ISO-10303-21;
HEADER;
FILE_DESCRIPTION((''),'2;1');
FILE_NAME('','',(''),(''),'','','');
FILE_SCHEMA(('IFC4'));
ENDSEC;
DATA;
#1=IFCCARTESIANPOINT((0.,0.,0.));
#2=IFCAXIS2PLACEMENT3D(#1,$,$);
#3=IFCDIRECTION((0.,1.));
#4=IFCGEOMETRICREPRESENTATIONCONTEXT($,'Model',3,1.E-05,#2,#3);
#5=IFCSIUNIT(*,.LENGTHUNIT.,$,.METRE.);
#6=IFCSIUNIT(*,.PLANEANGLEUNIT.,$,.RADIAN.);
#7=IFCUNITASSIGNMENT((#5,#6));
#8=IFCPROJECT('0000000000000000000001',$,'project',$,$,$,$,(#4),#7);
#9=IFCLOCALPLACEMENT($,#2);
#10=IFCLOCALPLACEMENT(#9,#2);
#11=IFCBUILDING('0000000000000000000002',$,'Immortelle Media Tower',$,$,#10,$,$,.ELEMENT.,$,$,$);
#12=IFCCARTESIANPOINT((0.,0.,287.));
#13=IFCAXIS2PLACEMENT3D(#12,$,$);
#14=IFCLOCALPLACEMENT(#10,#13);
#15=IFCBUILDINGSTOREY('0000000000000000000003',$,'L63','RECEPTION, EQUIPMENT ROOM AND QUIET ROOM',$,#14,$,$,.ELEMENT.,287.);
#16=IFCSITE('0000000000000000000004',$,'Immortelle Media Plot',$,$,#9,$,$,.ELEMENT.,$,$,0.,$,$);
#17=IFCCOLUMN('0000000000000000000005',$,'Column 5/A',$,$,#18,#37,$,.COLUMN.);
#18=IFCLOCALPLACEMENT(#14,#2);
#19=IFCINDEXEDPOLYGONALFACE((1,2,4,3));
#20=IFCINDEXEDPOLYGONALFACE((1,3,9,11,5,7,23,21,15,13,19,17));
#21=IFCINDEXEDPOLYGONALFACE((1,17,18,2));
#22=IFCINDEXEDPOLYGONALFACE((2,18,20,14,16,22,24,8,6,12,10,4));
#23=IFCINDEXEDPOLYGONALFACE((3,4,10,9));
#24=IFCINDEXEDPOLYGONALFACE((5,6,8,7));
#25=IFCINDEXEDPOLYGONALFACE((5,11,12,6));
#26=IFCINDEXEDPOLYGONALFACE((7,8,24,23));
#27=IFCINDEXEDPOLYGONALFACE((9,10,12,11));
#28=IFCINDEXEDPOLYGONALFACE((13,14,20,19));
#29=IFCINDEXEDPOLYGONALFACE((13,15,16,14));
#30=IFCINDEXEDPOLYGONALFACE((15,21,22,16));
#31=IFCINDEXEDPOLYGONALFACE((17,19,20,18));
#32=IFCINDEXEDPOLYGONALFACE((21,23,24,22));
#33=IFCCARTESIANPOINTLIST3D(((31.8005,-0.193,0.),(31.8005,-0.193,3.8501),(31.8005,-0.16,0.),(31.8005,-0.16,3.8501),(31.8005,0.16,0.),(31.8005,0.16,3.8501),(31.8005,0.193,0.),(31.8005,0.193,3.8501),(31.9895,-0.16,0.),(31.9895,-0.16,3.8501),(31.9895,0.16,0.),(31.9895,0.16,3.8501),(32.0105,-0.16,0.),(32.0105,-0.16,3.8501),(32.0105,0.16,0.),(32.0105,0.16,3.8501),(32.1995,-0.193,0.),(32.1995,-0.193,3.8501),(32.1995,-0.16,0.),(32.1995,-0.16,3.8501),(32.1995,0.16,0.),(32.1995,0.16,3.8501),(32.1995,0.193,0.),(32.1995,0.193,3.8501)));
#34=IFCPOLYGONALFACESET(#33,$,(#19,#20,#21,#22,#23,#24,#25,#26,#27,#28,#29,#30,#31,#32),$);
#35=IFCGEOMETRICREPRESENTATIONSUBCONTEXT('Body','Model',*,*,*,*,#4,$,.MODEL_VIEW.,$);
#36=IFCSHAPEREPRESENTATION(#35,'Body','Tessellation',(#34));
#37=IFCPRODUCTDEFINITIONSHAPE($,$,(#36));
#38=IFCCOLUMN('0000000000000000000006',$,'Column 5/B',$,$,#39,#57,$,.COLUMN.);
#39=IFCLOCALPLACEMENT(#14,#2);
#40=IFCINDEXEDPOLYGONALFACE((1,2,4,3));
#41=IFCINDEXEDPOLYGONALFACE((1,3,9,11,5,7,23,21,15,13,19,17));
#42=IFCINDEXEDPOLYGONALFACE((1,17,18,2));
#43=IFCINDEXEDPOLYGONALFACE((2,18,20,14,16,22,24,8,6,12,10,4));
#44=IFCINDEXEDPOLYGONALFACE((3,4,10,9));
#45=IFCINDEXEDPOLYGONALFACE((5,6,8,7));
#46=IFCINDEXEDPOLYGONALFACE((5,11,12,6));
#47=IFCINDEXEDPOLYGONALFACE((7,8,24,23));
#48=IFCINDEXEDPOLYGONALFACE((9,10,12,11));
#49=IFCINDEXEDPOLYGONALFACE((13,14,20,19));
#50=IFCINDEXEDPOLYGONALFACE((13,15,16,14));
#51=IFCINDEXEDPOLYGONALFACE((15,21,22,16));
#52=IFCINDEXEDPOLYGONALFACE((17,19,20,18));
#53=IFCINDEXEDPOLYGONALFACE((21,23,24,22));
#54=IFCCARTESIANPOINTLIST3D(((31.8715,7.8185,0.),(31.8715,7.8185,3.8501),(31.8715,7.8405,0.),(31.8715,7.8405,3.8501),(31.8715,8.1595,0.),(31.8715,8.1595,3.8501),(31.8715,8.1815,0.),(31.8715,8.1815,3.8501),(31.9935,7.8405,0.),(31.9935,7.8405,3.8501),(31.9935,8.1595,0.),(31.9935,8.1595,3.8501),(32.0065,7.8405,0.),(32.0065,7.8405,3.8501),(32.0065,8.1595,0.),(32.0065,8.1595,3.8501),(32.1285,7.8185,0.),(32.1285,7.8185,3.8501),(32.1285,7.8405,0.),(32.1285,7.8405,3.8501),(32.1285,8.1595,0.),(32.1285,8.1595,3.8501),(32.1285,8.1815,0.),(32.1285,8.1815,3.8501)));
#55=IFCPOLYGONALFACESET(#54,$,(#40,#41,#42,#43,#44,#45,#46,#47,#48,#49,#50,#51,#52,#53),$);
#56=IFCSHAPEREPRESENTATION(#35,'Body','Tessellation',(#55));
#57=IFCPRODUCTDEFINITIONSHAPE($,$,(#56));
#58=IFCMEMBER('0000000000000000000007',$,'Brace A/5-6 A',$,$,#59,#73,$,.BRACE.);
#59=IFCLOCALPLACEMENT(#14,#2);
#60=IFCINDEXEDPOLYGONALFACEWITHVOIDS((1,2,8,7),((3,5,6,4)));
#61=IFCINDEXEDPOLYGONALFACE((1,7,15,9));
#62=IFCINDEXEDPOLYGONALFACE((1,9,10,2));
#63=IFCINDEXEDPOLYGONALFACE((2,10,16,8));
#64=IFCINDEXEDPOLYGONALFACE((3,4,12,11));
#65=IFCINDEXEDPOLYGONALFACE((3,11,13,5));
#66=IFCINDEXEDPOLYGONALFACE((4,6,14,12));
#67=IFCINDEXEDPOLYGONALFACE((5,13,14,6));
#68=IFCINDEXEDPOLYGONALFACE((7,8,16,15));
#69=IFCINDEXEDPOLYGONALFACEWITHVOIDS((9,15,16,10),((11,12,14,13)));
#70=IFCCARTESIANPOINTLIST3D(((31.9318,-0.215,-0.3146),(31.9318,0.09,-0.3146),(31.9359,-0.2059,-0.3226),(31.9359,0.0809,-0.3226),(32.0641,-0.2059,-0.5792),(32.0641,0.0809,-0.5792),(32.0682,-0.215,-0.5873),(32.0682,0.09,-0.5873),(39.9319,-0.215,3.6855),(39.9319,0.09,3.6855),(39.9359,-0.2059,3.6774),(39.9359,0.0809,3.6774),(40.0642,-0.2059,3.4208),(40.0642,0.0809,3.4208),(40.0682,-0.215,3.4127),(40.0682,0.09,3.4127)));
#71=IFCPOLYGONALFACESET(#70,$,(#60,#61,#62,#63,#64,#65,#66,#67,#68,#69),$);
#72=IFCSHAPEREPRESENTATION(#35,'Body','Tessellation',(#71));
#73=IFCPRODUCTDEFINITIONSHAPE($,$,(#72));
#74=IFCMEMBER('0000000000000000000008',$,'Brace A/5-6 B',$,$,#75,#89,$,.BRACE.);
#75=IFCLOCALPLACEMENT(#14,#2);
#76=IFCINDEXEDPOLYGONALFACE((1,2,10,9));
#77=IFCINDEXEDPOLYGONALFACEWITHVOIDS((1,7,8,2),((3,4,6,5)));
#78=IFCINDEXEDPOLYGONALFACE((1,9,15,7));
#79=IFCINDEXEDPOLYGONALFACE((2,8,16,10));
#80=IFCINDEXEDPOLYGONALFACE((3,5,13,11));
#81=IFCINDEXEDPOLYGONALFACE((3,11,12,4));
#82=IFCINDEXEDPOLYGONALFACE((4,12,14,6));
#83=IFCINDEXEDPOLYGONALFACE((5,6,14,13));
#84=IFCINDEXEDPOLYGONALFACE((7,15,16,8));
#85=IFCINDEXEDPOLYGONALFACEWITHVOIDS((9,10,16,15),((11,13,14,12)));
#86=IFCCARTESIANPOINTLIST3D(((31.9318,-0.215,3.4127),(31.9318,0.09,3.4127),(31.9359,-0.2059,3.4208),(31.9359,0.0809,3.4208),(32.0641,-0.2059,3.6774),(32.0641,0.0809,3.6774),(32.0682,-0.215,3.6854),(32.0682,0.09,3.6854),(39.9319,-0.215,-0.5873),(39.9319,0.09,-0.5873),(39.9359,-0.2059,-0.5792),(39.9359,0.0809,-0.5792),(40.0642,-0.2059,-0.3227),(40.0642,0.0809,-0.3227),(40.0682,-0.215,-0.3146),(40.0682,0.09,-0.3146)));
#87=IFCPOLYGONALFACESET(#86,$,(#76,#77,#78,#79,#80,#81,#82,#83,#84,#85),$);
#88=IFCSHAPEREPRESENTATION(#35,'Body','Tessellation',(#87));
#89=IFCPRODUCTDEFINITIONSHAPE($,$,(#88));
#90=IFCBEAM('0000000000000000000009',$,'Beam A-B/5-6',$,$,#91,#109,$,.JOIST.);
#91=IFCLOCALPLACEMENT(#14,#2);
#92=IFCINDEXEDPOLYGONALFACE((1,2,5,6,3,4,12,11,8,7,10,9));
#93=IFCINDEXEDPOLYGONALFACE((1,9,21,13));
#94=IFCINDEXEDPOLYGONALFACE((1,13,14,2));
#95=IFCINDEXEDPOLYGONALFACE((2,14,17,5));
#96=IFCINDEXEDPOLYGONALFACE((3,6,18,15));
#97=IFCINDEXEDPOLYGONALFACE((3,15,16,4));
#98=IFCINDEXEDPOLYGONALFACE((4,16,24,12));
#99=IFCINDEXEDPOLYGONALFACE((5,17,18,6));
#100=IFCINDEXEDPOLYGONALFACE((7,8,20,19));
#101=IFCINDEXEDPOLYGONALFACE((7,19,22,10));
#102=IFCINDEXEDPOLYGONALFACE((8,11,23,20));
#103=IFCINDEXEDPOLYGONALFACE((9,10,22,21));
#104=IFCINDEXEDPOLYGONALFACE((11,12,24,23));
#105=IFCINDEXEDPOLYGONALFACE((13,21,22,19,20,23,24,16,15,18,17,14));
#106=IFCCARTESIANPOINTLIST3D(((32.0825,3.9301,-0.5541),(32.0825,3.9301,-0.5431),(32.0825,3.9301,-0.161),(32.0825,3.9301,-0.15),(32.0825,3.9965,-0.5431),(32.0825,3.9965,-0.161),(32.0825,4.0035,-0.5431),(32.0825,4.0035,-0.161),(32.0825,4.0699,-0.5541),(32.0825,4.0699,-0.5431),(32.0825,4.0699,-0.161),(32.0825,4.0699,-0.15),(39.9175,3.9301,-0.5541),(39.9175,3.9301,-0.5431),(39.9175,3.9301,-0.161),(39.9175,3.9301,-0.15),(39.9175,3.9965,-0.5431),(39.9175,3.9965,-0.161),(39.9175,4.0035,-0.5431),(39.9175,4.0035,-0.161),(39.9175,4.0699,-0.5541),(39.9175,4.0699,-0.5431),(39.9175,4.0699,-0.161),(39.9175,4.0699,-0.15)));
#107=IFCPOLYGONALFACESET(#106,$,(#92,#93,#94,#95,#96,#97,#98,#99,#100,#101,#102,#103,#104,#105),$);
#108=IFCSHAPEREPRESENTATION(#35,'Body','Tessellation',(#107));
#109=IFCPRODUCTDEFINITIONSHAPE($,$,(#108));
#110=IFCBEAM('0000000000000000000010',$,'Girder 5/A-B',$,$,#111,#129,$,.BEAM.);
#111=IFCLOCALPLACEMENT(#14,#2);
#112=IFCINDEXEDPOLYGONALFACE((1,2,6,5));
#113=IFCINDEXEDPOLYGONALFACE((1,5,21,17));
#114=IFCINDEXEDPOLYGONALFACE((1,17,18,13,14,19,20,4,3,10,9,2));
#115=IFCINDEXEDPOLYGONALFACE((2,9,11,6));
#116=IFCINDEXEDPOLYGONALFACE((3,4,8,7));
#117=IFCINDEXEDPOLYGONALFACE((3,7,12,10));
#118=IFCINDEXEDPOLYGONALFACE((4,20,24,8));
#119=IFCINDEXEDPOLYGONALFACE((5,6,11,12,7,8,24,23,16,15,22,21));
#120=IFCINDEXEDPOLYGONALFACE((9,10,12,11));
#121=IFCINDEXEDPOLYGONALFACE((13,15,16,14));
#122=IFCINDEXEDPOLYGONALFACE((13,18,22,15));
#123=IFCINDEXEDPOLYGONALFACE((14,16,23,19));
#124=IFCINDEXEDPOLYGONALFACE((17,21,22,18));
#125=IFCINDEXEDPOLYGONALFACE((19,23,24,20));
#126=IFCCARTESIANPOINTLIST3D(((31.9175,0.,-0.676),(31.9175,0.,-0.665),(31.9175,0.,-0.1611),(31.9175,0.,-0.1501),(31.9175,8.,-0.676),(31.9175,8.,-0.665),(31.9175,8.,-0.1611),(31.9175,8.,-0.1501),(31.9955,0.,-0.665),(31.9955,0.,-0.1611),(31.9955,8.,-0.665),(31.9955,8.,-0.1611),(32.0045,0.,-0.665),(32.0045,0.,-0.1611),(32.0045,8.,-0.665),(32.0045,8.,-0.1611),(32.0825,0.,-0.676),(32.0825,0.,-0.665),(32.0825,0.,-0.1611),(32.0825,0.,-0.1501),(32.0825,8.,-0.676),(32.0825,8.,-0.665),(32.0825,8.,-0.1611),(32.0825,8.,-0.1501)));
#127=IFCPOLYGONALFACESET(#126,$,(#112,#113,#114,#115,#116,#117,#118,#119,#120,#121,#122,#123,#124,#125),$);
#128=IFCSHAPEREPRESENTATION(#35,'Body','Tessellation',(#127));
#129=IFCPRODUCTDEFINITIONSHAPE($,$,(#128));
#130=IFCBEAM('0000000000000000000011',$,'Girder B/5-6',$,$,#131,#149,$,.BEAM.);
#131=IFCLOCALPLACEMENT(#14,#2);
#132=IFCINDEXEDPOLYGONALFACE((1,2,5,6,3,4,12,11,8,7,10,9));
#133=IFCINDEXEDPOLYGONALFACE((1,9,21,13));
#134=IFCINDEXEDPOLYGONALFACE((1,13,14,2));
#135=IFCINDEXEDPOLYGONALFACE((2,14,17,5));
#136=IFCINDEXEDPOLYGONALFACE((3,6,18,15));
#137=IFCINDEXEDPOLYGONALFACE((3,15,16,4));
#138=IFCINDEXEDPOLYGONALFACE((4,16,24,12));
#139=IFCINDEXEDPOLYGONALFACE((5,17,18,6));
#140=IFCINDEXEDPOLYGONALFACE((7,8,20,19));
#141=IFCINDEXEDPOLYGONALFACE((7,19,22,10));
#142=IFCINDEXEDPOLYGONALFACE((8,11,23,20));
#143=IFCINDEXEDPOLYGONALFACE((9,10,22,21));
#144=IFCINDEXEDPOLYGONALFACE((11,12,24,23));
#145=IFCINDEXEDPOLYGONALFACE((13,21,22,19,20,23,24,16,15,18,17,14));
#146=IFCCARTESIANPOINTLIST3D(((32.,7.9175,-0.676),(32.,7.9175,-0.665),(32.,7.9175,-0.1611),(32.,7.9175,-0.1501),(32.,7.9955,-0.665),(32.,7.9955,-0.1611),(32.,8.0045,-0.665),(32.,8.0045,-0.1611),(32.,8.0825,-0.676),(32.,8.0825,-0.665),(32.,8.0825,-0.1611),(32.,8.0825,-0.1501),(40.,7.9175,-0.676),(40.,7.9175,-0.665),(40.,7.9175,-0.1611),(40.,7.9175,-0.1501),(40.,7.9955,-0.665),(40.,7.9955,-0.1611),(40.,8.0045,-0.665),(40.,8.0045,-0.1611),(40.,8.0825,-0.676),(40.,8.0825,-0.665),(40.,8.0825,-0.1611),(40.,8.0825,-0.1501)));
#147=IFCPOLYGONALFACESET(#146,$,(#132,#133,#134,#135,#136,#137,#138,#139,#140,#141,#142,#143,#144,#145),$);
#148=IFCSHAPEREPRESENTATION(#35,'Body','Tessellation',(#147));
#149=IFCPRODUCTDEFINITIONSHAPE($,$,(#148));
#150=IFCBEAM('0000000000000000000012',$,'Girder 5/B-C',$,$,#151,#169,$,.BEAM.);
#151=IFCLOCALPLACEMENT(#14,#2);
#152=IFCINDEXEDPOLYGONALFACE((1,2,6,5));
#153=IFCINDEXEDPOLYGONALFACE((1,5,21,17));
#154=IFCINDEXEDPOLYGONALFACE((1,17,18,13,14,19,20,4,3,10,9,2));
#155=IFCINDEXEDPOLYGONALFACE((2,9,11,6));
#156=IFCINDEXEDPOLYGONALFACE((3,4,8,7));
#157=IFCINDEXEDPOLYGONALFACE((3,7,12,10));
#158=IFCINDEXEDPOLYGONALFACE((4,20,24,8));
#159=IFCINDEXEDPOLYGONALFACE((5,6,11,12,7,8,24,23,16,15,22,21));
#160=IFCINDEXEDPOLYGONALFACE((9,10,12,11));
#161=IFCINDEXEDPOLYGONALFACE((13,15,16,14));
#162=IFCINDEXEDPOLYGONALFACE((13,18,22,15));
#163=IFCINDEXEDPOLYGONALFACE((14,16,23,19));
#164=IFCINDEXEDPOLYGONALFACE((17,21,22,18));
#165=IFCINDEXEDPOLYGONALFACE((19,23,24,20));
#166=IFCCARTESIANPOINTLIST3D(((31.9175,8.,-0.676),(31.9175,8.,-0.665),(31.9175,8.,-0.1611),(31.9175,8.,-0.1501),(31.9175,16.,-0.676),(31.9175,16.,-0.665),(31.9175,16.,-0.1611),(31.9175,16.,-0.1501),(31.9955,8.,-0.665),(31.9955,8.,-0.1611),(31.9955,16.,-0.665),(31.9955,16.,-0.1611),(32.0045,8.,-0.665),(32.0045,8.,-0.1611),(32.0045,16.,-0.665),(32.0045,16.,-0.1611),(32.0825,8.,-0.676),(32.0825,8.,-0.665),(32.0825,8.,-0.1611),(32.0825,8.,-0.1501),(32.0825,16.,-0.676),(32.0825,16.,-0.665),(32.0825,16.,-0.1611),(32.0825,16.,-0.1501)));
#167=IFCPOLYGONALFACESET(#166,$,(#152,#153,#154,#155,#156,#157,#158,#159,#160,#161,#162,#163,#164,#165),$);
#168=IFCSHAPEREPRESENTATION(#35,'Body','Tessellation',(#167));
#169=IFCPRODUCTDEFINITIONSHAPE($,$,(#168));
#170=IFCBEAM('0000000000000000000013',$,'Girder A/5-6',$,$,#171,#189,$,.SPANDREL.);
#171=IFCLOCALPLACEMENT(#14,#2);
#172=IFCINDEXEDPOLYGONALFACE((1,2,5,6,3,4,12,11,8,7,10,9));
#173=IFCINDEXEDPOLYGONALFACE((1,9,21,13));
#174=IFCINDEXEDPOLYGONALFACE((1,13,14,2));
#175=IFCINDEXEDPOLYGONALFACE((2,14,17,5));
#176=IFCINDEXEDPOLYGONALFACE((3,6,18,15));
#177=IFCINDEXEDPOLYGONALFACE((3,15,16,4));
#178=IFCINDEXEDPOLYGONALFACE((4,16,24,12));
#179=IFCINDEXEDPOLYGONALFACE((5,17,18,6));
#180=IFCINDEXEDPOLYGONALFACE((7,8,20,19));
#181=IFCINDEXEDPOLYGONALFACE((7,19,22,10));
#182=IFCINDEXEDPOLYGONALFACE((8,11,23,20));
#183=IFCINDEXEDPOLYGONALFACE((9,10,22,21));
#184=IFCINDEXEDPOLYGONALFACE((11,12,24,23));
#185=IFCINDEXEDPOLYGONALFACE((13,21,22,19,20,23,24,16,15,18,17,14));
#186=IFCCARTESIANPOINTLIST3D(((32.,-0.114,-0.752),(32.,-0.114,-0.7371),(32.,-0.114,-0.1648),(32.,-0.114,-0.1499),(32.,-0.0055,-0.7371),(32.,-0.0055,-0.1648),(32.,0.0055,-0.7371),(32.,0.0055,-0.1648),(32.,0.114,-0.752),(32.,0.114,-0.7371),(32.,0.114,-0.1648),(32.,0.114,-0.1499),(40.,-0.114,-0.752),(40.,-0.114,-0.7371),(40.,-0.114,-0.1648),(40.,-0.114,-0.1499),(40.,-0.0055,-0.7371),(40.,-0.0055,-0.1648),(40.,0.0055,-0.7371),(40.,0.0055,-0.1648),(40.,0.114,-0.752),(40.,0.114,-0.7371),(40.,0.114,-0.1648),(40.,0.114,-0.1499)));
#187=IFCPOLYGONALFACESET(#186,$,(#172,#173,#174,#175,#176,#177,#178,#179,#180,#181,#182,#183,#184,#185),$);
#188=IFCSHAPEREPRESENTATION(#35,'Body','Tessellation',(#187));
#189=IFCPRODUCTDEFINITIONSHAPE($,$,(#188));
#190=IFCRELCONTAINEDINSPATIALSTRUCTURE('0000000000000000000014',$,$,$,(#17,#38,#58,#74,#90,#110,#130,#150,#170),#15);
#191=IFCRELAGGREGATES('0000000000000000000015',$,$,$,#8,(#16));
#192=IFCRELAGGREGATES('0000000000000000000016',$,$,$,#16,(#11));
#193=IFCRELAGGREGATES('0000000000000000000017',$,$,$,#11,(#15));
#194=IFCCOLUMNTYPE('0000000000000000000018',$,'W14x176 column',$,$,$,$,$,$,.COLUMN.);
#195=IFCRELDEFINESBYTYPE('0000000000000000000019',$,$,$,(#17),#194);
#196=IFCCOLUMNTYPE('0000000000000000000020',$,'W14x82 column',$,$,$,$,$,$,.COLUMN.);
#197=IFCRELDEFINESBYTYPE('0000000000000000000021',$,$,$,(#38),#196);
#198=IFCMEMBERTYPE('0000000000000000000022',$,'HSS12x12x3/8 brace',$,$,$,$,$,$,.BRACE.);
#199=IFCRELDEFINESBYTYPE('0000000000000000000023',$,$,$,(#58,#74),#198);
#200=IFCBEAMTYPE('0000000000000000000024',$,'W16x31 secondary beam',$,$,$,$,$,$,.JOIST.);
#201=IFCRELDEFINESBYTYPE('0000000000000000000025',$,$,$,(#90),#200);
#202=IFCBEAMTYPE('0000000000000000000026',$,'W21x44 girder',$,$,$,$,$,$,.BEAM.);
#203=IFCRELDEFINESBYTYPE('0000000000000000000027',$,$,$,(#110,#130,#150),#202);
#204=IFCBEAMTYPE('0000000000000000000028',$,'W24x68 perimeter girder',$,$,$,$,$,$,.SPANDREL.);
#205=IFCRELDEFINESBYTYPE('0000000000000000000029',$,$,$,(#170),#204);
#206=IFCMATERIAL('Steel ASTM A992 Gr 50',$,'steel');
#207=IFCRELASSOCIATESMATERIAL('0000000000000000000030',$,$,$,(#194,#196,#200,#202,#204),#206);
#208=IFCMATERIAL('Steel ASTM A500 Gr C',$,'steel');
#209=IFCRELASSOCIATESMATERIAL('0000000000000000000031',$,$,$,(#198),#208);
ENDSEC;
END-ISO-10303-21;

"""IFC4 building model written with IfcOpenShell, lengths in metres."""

from ifc_helpers import new_model, si_unit, direction, frame, origin, origin_2d, place, context, subcontext, project, spatial, hollow_rectangle, i_section, extrude, material, material_profile, profile_set, type_object, element, save


model = new_model("IFC4")

# Units and contexts
model_context = context("Model", 3, precision=1e-05, world=origin(), true_north=direction((0.0, 1.0)))
body_context = subcontext(model_context, "Body", "Model", "MODEL_VIEW")
ifc_project = project(units=[si_unit("LENGTHUNIT", "METRE"), si_unit("PLANEANGLEUNIT", "RADIAN")], contexts=[model_context])

# Site, building, storey
site_placement = place(None, origin())
site = spatial("IfcSite", under=ifc_project, at=site_placement, Name="Immortelle Media Plot", CompositionType="ELEMENT", RefElevation=0.0)
building_placement = place(site_placement, origin())
building = spatial("IfcBuilding", under=site, at=building_placement, Name="Immortelle Media Tower", CompositionType="ELEMENT")
storey_placement = place(building_placement, frame((0.0, 0.0, 287.0)))
storey = spatial("IfcBuildingStorey", under=building, at=storey_placement, Name="L63", Description="RECEPTION, EQUIPMENT ROOM AND QUIET ROOM", CompositionType="ELEMENT", Elevation=287.0)

# Columns
ifc_material_1 = material(Name="Steel ASTM A992 Gr 50", Category="steel")
ifc_material_profile_1 = material_profile(ifc_material_1, i_section(OverallWidth=0.3989, OverallDepth=0.386, WebThickness=0.021, FlangeThickness=0.033, at=origin_2d()), Name="W14x176")
ifc_profile_set_1 = profile_set([ifc_material_profile_1], Name="Steel ASTM A992 Gr 50")
column_type_1 = type_object("IfcColumnType", Name="W14x176 column", PredefinedType="COLUMN", material=ifc_profile_set_1)
column_1_placement = place(storey_placement, frame((32.0, 0.0, 0.0), z_axis=(0.0, 0.0, 1.0), x_axis=(1.0, 0.0, 0.0)))
element("IfcColumn", 1, at=column_1_placement, inside=storey, type_object=column_type_1, Name="Column 5/A", PredefinedType="COLUMN", context=body_context, shape_type="SweptSolid", body=[
    extrude(i_section(OverallWidth=0.3989, OverallDepth=0.386, WebThickness=0.021, FlangeThickness=0.033, at=origin_2d()), origin(), (0.0, 0.0, 1.0), 3.8501),
])
ifc_material_profile_2 = material_profile(ifc_material_1, i_section(OverallWidth=0.2571, OverallDepth=0.363, WebThickness=0.0129, FlangeThickness=0.022, at=origin_2d()), Name="W14x82")
ifc_profile_set_2 = profile_set([ifc_material_profile_2], Name="Steel ASTM A992 Gr 50")
column_type_2 = type_object("IfcColumnType", Name="W14x82 column", PredefinedType="COLUMN", material=ifc_profile_set_2)
column_2_placement = place(storey_placement, frame((32.0, 8.0, 0.0), z_axis=(0.0, 0.0, 1.0), x_axis=(1.0, 0.0, 0.0)))
element("IfcColumn", 2, at=column_2_placement, inside=storey, type_object=column_type_2, Name="Column 5/B", PredefinedType="COLUMN", context=body_context, shape_type="SweptSolid", body=[
    extrude(i_section(OverallWidth=0.2571, OverallDepth=0.363, WebThickness=0.0129, FlangeThickness=0.022, at=origin_2d()), origin(), (0.0, 0.0, 1.0), 3.8501),
])

# Members
ifc_material_2 = material(Name="Steel ASTM A500 Gr C", Category="steel")
ifc_material_profile_3 = material_profile(ifc_material_2, hollow_rectangle(XDim=0.3049, YDim=0.3049, WallThickness=0.009, at=origin_2d()), Name="HSS12x12x3/8 brace")
ifc_profile_set_3 = profile_set([ifc_material_profile_3], Name="Steel ASTM A500 Gr C")
member_type = type_object("IfcMemberType", Name="HSS12x12x3/8 brace", PredefinedType="BRACE", material=ifc_profile_set_3)
for number, where, z_axis, x_axis, name in (
    (3, (32.0, -0.0625, -0.4509), (0.894427, 0.0, 0.447214), (0.0, 1.0, 0.0), "Brace A/5-6 A"),
    (4, (32.0, -0.0625, 3.5491), (0.894427, 0.0, -0.447214), (0.0, 1.0, 0.0), "Brace A/5-6 B"),
):
    element("IfcMember", number, at=place(storey_placement, frame(where, z_axis=z_axis, x_axis=x_axis)), inside=storey, type_object=member_type, Name=name, PredefinedType="BRACE", context=body_context, shape_type="SweptSolid", body=[
        extrude(hollow_rectangle(XDim=0.3049, YDim=0.3049, WallThickness=0.009, at=origin_2d()), origin(), (0.0, 0.0, 1.0), 8.9443),
    ])

# Beams
ifc_material_profile_4 = material_profile(ifc_material_1, i_section(OverallWidth=0.1399, OverallDepth=0.4041, WebThickness=0.0071, FlangeThickness=0.011, at=origin_2d()), Name="W16x31")
ifc_profile_set_4 = profile_set([ifc_material_profile_4], Name="Steel ASTM A992 Gr 50")
beam_type_1 = type_object("IfcBeamType", Name="W16x31 secondary beam", PredefinedType="JOIST", material=ifc_profile_set_4)
beam_1_placement = place(storey_placement, frame((32.0825, 4.0, -0.3521), z_axis=(1.0, 0.0, 0.0), x_axis=(0.0, 1.0, 0.0)))
element("IfcBeam", 5, at=beam_1_placement, inside=storey, type_object=beam_type_1, Name="Beam A-B/5-6", PredefinedType="JOIST", context=body_context, shape_type="SweptSolid", body=[
    extrude(i_section(OverallWidth=0.1399, OverallDepth=0.4041, WebThickness=0.0071, FlangeThickness=0.011, at=origin_2d()), origin(), (0.0, 0.0, 1.0), 7.835),
])
ifc_material_profile_5 = material_profile(ifc_material_1, i_section(OverallWidth=0.165, OverallDepth=0.5259, WebThickness=0.009, FlangeThickness=0.011, at=origin_2d()), Name="W21x44")
ifc_profile_set_5 = profile_set([ifc_material_profile_5], Name="Steel ASTM A992 Gr 50")
beam_type_2 = type_object("IfcBeamType", Name="W21x44 girder", PredefinedType="BEAM", material=ifc_profile_set_5)
for number, where, z_axis, x_axis, name in (
    (6, (32.0, 0.0, -0.4131), (0.0, 1.0, 0.0), (-1.0, 0.0, 0.0), "Girder 5/A-B"),
    (7, (32.0, 8.0, -0.4131), (1.0, 0.0, 0.0), (0.0, 1.0, 0.0), "Girder B/5-6"),
    (8, (32.0, 8.0, -0.4131), (0.0, 1.0, 0.0), (-1.0, 0.0, 0.0), "Girder 5/B-C"),
):
    element("IfcBeam", number, at=place(storey_placement, frame(where, z_axis=z_axis, x_axis=x_axis)), inside=storey, type_object=beam_type_2, Name=name, PredefinedType="BEAM", context=body_context, shape_type="SweptSolid", body=[
        extrude(i_section(OverallWidth=0.165, OverallDepth=0.5259, WebThickness=0.009, FlangeThickness=0.011, at=origin_2d()), origin(), (0.0, 0.0, 1.0), 8.0),
    ])
ifc_material_profile_6 = material_profile(ifc_material_1, i_section(OverallWidth=0.228, OverallDepth=0.6021, WebThickness=0.011, FlangeThickness=0.0149, at=origin_2d()), Name="W24x68")
ifc_profile_set_6 = profile_set([ifc_material_profile_6], Name="Steel ASTM A992 Gr 50")
beam_type_3 = type_object("IfcBeamType", Name="W24x68 perimeter girder", PredefinedType="SPANDREL", material=ifc_profile_set_6)
beam_2_placement = place(storey_placement, frame((32.0, 0.0, -0.4509), z_axis=(1.0, 0.0, 0.0), x_axis=(0.0, 1.0, 0.0)))
element("IfcBeam", 9, at=beam_2_placement, inside=storey, type_object=beam_type_3, Name="Girder A/5-6", PredefinedType="SPANDREL", context=body_context, shape_type="SweptSolid", body=[
    extrude(i_section(OverallWidth=0.228, OverallDepth=0.6021, WebThickness=0.011, FlangeThickness=0.0149, at=origin_2d()), origin(), (0.0, 0.0, 1.0), 8.0),
])

save(model, "model.ifc")
